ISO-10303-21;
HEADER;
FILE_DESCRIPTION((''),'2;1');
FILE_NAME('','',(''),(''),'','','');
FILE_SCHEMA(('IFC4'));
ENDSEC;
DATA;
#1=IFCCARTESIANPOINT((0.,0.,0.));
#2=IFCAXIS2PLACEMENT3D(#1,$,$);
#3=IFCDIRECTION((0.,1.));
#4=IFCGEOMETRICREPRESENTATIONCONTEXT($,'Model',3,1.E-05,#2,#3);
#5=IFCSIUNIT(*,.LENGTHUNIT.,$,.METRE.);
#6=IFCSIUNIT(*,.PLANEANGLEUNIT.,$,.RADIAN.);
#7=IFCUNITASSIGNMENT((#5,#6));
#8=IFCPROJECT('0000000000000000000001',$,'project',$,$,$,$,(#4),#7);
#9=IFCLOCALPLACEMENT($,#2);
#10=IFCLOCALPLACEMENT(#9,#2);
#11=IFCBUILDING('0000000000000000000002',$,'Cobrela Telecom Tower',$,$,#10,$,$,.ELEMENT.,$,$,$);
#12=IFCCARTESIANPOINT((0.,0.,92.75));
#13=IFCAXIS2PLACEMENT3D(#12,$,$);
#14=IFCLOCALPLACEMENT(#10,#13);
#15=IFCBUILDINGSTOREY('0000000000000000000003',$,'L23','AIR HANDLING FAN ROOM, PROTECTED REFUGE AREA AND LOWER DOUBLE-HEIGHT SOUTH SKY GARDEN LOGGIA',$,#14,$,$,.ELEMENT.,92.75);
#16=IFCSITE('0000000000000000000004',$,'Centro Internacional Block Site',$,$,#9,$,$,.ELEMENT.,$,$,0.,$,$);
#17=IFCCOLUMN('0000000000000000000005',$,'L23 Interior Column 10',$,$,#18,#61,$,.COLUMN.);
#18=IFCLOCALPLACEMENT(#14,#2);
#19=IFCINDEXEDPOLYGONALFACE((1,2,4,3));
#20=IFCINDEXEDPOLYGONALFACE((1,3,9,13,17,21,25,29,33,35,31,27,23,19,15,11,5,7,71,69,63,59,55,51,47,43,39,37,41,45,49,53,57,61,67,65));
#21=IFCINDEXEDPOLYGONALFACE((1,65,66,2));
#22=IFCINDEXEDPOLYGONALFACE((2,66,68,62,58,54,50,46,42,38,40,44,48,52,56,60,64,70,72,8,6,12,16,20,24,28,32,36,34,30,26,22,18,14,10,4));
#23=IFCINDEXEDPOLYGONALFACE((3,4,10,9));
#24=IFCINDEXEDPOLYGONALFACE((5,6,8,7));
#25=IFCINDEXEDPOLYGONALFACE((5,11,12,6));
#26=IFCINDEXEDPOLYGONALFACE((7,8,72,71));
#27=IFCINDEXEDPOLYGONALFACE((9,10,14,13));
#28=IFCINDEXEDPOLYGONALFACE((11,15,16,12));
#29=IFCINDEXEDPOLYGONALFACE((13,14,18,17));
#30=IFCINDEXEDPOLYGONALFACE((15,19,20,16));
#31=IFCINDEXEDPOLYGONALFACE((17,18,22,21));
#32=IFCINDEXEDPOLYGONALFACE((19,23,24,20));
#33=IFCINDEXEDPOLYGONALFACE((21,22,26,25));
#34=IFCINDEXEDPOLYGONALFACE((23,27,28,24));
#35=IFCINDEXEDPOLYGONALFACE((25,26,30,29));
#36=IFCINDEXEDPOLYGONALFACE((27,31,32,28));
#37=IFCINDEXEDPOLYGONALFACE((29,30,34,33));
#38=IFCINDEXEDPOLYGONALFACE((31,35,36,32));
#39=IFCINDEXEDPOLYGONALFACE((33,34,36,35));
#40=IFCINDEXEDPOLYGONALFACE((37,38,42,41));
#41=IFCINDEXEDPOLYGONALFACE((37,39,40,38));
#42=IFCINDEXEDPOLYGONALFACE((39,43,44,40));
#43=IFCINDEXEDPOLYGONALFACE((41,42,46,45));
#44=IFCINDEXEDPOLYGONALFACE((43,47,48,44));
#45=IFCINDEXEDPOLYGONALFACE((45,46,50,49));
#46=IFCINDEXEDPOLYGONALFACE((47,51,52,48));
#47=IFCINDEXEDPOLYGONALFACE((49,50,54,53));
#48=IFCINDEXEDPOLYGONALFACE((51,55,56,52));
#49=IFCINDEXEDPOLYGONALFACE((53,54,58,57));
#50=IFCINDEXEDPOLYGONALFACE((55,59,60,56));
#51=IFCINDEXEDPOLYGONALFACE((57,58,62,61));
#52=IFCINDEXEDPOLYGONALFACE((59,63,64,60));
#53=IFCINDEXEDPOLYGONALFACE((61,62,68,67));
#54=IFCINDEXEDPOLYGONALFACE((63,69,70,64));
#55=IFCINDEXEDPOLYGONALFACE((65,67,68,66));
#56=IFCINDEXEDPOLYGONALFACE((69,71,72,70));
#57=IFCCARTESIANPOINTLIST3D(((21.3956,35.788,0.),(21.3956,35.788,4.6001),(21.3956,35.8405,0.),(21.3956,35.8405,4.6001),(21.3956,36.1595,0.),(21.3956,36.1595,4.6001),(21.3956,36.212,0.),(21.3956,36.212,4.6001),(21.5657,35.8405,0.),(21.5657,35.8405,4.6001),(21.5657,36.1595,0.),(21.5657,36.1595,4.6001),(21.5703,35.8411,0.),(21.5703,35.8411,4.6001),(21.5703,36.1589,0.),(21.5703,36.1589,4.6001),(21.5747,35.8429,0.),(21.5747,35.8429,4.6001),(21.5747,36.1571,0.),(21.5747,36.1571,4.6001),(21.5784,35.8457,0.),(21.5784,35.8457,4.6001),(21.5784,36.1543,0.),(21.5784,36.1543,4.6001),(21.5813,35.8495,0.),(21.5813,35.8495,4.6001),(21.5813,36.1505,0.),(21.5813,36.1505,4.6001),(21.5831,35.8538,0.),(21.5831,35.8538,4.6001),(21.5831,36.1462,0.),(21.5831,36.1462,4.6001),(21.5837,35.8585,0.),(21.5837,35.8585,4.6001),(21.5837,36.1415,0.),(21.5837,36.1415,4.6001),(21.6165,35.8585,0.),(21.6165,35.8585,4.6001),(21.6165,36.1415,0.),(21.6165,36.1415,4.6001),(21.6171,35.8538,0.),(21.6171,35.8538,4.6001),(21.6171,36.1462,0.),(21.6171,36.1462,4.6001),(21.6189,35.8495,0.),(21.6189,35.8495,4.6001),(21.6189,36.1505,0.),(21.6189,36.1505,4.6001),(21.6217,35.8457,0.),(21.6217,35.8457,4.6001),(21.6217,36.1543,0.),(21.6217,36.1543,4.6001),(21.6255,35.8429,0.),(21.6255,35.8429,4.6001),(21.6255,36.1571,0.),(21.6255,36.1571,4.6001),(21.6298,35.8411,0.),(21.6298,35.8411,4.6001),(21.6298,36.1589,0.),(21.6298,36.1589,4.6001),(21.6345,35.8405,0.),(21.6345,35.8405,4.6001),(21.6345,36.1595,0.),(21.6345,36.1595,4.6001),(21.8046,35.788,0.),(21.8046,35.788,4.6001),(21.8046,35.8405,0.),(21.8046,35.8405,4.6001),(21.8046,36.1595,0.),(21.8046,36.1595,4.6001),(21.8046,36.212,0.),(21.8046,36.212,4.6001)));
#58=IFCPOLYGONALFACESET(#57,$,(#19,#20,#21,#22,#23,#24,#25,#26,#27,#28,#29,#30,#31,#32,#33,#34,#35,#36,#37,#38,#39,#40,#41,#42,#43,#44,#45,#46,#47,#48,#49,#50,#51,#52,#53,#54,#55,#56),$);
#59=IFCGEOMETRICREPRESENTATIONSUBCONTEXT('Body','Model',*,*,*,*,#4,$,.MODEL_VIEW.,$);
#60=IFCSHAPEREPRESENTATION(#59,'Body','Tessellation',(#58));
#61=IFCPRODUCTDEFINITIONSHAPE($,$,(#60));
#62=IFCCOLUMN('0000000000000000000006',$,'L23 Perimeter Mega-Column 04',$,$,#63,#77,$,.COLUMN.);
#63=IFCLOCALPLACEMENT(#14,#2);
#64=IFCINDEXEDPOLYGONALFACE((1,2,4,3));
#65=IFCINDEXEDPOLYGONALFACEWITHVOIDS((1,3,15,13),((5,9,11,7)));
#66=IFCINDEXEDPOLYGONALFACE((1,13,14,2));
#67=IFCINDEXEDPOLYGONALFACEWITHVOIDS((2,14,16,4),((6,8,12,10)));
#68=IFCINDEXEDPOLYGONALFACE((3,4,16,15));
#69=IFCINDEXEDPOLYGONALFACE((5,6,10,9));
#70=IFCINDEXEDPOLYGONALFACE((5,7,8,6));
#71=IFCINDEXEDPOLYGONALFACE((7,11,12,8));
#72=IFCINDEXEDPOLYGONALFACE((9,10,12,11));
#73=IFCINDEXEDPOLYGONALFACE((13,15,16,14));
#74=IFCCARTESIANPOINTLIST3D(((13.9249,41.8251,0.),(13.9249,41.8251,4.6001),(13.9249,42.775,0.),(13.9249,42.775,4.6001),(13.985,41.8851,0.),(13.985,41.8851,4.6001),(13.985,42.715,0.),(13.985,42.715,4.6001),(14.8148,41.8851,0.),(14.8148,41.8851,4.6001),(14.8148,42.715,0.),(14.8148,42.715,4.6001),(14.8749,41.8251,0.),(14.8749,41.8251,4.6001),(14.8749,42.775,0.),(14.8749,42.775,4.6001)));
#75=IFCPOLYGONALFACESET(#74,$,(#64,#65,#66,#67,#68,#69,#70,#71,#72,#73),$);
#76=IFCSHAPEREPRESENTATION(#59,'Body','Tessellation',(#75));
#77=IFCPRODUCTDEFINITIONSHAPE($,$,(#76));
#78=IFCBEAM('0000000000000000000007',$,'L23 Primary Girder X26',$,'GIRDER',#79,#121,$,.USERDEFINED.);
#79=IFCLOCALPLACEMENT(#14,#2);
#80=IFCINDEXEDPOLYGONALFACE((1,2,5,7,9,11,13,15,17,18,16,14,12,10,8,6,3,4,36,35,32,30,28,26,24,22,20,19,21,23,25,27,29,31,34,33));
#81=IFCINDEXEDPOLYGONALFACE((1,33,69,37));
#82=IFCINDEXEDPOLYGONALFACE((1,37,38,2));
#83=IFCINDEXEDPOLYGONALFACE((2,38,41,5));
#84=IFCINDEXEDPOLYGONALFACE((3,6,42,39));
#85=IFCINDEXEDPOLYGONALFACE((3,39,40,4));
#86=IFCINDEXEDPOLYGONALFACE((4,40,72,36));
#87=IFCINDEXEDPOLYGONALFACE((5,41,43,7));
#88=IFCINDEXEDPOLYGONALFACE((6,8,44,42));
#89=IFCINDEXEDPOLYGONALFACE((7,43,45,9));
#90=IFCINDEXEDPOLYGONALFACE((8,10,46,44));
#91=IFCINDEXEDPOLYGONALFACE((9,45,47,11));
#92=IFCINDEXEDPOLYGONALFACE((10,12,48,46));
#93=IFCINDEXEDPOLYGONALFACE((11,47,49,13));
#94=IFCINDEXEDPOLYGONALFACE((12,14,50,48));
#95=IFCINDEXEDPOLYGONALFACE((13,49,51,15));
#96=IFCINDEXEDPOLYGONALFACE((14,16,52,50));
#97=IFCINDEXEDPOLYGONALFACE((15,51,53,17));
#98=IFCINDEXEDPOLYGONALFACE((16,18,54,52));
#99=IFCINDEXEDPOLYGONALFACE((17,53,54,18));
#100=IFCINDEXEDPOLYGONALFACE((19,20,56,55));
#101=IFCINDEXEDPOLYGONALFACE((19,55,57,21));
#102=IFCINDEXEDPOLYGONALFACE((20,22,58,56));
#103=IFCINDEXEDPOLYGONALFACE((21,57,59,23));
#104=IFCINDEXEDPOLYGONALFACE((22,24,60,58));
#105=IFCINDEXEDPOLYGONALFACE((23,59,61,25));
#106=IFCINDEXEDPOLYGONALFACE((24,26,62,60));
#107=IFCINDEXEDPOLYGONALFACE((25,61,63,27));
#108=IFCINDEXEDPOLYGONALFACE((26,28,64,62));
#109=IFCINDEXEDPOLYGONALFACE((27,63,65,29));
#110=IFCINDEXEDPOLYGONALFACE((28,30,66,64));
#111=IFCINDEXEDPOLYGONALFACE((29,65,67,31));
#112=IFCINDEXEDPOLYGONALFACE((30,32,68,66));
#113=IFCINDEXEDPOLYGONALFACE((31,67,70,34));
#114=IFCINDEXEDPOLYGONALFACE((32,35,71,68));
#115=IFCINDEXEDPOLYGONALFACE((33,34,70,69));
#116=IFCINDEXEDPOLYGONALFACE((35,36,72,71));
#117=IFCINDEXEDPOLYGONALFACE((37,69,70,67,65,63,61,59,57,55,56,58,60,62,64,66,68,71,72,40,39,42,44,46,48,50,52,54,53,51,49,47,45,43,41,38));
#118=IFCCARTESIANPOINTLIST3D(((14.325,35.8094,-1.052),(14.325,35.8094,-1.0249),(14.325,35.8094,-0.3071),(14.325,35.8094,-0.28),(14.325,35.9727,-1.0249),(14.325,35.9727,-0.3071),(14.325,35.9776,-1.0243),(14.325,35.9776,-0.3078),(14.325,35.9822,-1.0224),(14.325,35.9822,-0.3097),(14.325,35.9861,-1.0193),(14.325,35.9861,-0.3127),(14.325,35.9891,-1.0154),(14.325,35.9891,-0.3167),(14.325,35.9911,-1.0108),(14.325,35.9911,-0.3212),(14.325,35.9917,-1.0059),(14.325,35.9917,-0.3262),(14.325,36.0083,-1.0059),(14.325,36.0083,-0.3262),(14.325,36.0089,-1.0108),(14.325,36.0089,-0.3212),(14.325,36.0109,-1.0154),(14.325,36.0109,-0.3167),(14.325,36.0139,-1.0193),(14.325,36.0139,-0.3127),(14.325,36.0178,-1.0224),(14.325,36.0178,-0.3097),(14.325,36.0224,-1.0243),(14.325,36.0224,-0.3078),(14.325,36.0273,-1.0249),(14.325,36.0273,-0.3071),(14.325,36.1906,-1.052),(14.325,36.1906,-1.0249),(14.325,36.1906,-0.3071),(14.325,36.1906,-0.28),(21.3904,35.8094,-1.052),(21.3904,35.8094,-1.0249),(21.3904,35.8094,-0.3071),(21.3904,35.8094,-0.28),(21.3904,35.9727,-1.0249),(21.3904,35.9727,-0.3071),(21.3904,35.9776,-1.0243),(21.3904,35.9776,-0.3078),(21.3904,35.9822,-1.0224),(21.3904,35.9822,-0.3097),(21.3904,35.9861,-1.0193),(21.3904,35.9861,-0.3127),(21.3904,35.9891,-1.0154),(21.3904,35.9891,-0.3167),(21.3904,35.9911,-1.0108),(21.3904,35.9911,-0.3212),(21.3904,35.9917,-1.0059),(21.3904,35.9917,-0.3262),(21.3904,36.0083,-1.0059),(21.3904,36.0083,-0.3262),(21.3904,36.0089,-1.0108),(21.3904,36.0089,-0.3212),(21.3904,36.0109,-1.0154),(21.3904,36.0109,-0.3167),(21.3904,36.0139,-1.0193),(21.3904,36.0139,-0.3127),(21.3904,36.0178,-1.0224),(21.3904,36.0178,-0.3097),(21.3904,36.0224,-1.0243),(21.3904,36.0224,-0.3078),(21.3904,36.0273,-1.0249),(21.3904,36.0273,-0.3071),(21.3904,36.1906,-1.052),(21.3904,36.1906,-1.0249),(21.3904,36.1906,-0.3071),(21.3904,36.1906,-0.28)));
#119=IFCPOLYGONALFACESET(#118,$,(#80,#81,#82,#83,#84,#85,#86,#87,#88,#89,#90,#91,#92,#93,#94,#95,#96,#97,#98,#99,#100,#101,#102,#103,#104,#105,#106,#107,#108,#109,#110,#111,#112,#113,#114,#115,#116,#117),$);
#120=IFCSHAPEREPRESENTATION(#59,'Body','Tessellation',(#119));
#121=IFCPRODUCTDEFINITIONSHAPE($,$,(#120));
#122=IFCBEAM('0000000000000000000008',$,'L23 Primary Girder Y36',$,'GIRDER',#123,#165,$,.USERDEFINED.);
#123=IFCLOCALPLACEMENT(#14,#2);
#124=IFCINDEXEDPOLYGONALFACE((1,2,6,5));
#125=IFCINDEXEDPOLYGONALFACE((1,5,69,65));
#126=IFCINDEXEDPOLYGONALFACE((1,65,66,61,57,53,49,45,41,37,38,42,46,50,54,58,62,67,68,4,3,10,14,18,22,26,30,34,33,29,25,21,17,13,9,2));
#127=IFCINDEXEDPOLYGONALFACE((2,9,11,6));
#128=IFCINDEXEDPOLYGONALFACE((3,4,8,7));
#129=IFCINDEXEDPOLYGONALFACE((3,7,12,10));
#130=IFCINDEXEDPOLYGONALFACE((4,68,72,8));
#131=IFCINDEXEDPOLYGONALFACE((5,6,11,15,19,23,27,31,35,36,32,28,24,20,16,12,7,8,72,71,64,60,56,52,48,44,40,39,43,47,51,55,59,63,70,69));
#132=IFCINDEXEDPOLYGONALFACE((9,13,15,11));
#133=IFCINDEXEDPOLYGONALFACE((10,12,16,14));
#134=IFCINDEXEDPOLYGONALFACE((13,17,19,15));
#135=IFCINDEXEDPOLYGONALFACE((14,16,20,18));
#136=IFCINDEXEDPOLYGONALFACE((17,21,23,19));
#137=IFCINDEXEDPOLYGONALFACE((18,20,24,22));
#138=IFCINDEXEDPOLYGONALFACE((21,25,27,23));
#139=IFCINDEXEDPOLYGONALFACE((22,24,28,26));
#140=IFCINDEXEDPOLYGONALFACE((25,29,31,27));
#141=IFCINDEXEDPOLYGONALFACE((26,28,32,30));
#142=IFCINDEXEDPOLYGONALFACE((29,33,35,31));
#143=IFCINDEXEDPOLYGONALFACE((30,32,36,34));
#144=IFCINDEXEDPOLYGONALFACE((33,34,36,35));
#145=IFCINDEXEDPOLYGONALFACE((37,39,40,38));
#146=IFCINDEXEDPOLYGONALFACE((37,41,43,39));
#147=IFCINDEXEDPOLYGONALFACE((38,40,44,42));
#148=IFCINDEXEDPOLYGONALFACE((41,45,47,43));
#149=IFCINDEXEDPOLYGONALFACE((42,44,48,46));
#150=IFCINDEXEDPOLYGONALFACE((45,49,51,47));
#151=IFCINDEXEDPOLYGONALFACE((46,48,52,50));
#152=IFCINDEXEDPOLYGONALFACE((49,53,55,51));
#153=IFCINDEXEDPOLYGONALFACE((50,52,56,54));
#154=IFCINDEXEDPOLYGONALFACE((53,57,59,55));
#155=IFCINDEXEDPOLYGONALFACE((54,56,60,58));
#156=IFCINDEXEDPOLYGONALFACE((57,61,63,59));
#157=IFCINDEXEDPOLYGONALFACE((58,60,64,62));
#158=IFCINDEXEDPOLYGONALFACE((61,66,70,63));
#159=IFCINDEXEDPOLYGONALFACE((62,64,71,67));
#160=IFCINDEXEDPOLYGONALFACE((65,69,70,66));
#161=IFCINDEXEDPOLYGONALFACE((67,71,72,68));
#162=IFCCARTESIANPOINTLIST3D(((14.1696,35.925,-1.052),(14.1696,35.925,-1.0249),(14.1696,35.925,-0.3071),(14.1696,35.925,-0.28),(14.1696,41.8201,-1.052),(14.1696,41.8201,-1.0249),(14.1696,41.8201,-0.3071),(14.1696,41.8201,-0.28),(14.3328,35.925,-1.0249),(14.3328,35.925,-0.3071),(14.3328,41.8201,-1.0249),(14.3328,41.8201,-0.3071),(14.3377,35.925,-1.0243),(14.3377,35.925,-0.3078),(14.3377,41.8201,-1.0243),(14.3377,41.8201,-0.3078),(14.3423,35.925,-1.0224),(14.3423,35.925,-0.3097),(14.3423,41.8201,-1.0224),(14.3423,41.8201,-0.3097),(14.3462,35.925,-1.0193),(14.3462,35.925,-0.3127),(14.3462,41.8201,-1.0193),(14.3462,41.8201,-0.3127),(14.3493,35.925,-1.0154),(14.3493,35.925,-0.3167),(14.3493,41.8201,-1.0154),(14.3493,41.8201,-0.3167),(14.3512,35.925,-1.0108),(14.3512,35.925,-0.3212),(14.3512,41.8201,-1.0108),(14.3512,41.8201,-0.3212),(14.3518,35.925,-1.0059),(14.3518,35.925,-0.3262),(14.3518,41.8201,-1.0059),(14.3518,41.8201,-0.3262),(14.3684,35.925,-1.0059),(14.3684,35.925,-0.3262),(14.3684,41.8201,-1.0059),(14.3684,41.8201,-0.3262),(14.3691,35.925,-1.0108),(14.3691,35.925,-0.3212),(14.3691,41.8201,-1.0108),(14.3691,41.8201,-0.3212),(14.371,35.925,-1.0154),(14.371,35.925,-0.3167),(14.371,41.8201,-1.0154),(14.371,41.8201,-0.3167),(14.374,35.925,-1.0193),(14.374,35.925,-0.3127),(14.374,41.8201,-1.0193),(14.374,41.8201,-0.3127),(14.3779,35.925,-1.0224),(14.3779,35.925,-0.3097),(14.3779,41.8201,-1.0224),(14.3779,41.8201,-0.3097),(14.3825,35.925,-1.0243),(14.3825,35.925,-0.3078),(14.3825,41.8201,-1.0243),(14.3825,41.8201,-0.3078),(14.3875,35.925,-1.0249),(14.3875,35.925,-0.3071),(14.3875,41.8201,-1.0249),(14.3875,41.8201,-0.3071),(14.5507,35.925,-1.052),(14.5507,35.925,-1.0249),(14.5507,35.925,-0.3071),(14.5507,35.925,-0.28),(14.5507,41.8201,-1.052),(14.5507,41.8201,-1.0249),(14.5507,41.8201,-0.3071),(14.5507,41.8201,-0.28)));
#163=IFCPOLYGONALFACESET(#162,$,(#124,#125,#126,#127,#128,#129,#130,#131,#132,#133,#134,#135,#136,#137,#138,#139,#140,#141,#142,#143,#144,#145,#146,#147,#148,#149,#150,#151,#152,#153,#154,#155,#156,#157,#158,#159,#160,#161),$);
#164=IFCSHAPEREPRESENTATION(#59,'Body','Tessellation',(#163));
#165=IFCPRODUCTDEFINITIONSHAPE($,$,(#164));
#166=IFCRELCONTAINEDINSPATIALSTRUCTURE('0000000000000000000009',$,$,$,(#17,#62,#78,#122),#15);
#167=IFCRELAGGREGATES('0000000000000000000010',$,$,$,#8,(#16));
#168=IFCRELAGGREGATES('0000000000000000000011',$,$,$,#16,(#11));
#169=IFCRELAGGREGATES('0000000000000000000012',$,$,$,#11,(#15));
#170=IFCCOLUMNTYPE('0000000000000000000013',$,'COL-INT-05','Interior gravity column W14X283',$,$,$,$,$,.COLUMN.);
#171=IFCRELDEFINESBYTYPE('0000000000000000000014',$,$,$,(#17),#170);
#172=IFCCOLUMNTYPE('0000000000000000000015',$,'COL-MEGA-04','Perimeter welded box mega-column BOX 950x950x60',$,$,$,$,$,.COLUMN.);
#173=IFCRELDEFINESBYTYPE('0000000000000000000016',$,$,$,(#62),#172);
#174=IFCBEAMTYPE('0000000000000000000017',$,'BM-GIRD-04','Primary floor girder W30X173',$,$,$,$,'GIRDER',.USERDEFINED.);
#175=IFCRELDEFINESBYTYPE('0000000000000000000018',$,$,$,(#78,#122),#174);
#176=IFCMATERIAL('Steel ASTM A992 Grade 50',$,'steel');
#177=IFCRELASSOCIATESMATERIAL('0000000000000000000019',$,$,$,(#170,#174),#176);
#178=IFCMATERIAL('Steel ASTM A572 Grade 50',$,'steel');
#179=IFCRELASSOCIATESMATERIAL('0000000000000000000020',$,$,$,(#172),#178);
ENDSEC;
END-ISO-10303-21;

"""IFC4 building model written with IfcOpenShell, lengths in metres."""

from ifc_helpers import new_model, si_unit, direction, frame, origin, origin_2d, place, context, subcontext, project, spatial, hollow_rectangle, i_section, extrude, material, material_profile, profile_set, type_object, element, save


model = new_model("IFC4")

# Units and contexts
model_context = context("Model", 3, precision=1e-05, world=origin(), true_north=direction((0.0, 1.0)))
body_context = subcontext(model_context, "Body", "Model", "MODEL_VIEW")
ifc_project = project(units=[si_unit("LENGTHUNIT", "METRE"), si_unit("PLANEANGLEUNIT", "RADIAN")], contexts=[model_context])

# Site, building, storey
site_placement = place(None, origin())
site = spatial("IfcSite", under=ifc_project, at=site_placement, Name="Centro Internacional Block Site", CompositionType="ELEMENT", RefElevation=0.0)
building_placement = place(site_placement, origin())
building = spatial("IfcBuilding", under=site, at=building_placement, Name="Cobrela Telecom Tower", CompositionType="ELEMENT")
storey_placement = place(building_placement, frame((0.0, 0.0, 92.75)))
storey = spatial("IfcBuildingStorey", under=building, at=storey_placement, Name="L23", Description="AIR HANDLING FAN ROOM, PROTECTED REFUGE AREA AND LOWER DOUBLE-HEIGHT SOUTH SKY GARDEN LOGGIA", CompositionType="ELEMENT", Elevation=92.75)

# Columns
ifc_material_1 = material(Name="Steel ASTM A992 Grade 50", Category="steel")
ifc_material_profile_1 = material_profile(ifc_material_1, i_section(OverallWidth=0.4089, OverallDepth=0.4241, WebThickness=0.0327, FlangeThickness=0.0525, FilletRadius=0.0181, at=origin_2d()), Name="W14X283")
ifc_profile_set_1 = profile_set([ifc_material_profile_1], Name="Steel ASTM A992 Grade 50")
column_type_1 = type_object("IfcColumnType", Name="COL-INT-05", Description="Interior gravity column W14X283", PredefinedType="COLUMN", material=ifc_profile_set_1)
column_1_placement = place(storey_placement, frame((21.6001, 36.0, 0.0), z_axis=(0.0, 0.0, 1.0), x_axis=(1.0, 0.0, 0.0)))
element("IfcColumn", 1, at=column_1_placement, inside=storey, type_object=column_type_1, Name="L23 Interior Column 10", PredefinedType="COLUMN", context=body_context, shape_type="SweptSolid", body=[
    extrude(i_section(OverallWidth=0.4089, OverallDepth=0.4241, WebThickness=0.0327, FlangeThickness=0.0525, FilletRadius=0.0181, at=origin_2d()), origin(), (0.0, 0.0, 1.0), 4.6001),
])
ifc_material_2 = material(Name="Steel ASTM A572 Grade 50", Category="steel")
ifc_material_profile_2 = material_profile(ifc_material_2, hollow_rectangle(XDim=0.95, YDim=0.95, WallThickness=0.0601, at=origin_2d()), Name="BOX 950x950x60")
ifc_profile_set_2 = profile_set([ifc_material_profile_2], Name="Steel ASTM A572 Grade 50")
column_type_2 = type_object("IfcColumnType", Name="COL-MEGA-04", Description="Perimeter welded box mega-column BOX 950x950x60", PredefinedType="COLUMN", material=ifc_profile_set_2)
column_2_placement = place(storey_placement, frame((14.3999, 42.3, 0.0), z_axis=(0.0, 0.0, 1.0), x_axis=(1.0, 0.0, 0.0)))
element("IfcColumn", 2, at=column_2_placement, inside=storey, type_object=column_type_2, Name="L23 Perimeter Mega-Column 04", PredefinedType="COLUMN", context=body_context, shape_type="SweptSolid", body=[
    extrude(hollow_rectangle(XDim=0.95, YDim=0.95, WallThickness=0.0601, at=origin_2d()), origin(), (0.0, 0.0, 1.0), 4.6001),
])

# Beams
ifc_material_profile_3 = material_profile(ifc_material_1, i_section(OverallWidth=0.3811, OverallDepth=0.772, WebThickness=0.0166, FlangeThickness=0.0271, FilletRadius=0.019, at=origin_2d()), Name="W30X173")
ifc_profile_set_3 = profile_set([ifc_material_profile_3], Name="Steel ASTM A992 Grade 50")
beam_type_1 = type_object("IfcBeamType", Name="BM-GIRD-04", Description="Primary floor girder W30X173", ElementType="GIRDER", PredefinedType="USERDEFINED", material=ifc_profile_set_3)
beam_1_placement = place(storey_placement, frame((14.325, 36.0, -0.666), z_axis=(1.0, 0.0, 0.0), x_axis=(0.0, 1.0, 0.0)))
element("IfcBeam", 3, at=beam_1_placement, inside=storey, type_object=beam_type_1, Name="L23 Primary Girder X26", ObjectType="GIRDER", PredefinedType="USERDEFINED", context=body_context, shape_type="SweptSolid", body=[
    extrude(i_section(OverallWidth=0.3811, OverallDepth=0.772, WebThickness=0.0166, FlangeThickness=0.0271, FilletRadius=0.019, at=origin_2d()), origin(), (0.0, 0.0, 1.0), 7.0654),
])
beam_2_placement = place(storey_placement, frame((14.3601, 35.925, -0.666), z_axis=(0.0, 1.0, 0.0), x_axis=(-1.0, 0.0, 0.0)))
element("IfcBeam", 4, at=beam_2_placement, inside=storey, type_object=beam_type_1, Name="L23 Primary Girder Y36", ObjectType="GIRDER", PredefinedType="USERDEFINED", context=body_context, shape_type="SweptSolid", body=[
    extrude(i_section(OverallWidth=0.3811, OverallDepth=0.772, WebThickness=0.0166, FlangeThickness=0.0271, FilletRadius=0.019, at=origin_2d()), origin(), (0.0, 0.0, 1.0), 5.895),
])

save(model, "model.ifc")
